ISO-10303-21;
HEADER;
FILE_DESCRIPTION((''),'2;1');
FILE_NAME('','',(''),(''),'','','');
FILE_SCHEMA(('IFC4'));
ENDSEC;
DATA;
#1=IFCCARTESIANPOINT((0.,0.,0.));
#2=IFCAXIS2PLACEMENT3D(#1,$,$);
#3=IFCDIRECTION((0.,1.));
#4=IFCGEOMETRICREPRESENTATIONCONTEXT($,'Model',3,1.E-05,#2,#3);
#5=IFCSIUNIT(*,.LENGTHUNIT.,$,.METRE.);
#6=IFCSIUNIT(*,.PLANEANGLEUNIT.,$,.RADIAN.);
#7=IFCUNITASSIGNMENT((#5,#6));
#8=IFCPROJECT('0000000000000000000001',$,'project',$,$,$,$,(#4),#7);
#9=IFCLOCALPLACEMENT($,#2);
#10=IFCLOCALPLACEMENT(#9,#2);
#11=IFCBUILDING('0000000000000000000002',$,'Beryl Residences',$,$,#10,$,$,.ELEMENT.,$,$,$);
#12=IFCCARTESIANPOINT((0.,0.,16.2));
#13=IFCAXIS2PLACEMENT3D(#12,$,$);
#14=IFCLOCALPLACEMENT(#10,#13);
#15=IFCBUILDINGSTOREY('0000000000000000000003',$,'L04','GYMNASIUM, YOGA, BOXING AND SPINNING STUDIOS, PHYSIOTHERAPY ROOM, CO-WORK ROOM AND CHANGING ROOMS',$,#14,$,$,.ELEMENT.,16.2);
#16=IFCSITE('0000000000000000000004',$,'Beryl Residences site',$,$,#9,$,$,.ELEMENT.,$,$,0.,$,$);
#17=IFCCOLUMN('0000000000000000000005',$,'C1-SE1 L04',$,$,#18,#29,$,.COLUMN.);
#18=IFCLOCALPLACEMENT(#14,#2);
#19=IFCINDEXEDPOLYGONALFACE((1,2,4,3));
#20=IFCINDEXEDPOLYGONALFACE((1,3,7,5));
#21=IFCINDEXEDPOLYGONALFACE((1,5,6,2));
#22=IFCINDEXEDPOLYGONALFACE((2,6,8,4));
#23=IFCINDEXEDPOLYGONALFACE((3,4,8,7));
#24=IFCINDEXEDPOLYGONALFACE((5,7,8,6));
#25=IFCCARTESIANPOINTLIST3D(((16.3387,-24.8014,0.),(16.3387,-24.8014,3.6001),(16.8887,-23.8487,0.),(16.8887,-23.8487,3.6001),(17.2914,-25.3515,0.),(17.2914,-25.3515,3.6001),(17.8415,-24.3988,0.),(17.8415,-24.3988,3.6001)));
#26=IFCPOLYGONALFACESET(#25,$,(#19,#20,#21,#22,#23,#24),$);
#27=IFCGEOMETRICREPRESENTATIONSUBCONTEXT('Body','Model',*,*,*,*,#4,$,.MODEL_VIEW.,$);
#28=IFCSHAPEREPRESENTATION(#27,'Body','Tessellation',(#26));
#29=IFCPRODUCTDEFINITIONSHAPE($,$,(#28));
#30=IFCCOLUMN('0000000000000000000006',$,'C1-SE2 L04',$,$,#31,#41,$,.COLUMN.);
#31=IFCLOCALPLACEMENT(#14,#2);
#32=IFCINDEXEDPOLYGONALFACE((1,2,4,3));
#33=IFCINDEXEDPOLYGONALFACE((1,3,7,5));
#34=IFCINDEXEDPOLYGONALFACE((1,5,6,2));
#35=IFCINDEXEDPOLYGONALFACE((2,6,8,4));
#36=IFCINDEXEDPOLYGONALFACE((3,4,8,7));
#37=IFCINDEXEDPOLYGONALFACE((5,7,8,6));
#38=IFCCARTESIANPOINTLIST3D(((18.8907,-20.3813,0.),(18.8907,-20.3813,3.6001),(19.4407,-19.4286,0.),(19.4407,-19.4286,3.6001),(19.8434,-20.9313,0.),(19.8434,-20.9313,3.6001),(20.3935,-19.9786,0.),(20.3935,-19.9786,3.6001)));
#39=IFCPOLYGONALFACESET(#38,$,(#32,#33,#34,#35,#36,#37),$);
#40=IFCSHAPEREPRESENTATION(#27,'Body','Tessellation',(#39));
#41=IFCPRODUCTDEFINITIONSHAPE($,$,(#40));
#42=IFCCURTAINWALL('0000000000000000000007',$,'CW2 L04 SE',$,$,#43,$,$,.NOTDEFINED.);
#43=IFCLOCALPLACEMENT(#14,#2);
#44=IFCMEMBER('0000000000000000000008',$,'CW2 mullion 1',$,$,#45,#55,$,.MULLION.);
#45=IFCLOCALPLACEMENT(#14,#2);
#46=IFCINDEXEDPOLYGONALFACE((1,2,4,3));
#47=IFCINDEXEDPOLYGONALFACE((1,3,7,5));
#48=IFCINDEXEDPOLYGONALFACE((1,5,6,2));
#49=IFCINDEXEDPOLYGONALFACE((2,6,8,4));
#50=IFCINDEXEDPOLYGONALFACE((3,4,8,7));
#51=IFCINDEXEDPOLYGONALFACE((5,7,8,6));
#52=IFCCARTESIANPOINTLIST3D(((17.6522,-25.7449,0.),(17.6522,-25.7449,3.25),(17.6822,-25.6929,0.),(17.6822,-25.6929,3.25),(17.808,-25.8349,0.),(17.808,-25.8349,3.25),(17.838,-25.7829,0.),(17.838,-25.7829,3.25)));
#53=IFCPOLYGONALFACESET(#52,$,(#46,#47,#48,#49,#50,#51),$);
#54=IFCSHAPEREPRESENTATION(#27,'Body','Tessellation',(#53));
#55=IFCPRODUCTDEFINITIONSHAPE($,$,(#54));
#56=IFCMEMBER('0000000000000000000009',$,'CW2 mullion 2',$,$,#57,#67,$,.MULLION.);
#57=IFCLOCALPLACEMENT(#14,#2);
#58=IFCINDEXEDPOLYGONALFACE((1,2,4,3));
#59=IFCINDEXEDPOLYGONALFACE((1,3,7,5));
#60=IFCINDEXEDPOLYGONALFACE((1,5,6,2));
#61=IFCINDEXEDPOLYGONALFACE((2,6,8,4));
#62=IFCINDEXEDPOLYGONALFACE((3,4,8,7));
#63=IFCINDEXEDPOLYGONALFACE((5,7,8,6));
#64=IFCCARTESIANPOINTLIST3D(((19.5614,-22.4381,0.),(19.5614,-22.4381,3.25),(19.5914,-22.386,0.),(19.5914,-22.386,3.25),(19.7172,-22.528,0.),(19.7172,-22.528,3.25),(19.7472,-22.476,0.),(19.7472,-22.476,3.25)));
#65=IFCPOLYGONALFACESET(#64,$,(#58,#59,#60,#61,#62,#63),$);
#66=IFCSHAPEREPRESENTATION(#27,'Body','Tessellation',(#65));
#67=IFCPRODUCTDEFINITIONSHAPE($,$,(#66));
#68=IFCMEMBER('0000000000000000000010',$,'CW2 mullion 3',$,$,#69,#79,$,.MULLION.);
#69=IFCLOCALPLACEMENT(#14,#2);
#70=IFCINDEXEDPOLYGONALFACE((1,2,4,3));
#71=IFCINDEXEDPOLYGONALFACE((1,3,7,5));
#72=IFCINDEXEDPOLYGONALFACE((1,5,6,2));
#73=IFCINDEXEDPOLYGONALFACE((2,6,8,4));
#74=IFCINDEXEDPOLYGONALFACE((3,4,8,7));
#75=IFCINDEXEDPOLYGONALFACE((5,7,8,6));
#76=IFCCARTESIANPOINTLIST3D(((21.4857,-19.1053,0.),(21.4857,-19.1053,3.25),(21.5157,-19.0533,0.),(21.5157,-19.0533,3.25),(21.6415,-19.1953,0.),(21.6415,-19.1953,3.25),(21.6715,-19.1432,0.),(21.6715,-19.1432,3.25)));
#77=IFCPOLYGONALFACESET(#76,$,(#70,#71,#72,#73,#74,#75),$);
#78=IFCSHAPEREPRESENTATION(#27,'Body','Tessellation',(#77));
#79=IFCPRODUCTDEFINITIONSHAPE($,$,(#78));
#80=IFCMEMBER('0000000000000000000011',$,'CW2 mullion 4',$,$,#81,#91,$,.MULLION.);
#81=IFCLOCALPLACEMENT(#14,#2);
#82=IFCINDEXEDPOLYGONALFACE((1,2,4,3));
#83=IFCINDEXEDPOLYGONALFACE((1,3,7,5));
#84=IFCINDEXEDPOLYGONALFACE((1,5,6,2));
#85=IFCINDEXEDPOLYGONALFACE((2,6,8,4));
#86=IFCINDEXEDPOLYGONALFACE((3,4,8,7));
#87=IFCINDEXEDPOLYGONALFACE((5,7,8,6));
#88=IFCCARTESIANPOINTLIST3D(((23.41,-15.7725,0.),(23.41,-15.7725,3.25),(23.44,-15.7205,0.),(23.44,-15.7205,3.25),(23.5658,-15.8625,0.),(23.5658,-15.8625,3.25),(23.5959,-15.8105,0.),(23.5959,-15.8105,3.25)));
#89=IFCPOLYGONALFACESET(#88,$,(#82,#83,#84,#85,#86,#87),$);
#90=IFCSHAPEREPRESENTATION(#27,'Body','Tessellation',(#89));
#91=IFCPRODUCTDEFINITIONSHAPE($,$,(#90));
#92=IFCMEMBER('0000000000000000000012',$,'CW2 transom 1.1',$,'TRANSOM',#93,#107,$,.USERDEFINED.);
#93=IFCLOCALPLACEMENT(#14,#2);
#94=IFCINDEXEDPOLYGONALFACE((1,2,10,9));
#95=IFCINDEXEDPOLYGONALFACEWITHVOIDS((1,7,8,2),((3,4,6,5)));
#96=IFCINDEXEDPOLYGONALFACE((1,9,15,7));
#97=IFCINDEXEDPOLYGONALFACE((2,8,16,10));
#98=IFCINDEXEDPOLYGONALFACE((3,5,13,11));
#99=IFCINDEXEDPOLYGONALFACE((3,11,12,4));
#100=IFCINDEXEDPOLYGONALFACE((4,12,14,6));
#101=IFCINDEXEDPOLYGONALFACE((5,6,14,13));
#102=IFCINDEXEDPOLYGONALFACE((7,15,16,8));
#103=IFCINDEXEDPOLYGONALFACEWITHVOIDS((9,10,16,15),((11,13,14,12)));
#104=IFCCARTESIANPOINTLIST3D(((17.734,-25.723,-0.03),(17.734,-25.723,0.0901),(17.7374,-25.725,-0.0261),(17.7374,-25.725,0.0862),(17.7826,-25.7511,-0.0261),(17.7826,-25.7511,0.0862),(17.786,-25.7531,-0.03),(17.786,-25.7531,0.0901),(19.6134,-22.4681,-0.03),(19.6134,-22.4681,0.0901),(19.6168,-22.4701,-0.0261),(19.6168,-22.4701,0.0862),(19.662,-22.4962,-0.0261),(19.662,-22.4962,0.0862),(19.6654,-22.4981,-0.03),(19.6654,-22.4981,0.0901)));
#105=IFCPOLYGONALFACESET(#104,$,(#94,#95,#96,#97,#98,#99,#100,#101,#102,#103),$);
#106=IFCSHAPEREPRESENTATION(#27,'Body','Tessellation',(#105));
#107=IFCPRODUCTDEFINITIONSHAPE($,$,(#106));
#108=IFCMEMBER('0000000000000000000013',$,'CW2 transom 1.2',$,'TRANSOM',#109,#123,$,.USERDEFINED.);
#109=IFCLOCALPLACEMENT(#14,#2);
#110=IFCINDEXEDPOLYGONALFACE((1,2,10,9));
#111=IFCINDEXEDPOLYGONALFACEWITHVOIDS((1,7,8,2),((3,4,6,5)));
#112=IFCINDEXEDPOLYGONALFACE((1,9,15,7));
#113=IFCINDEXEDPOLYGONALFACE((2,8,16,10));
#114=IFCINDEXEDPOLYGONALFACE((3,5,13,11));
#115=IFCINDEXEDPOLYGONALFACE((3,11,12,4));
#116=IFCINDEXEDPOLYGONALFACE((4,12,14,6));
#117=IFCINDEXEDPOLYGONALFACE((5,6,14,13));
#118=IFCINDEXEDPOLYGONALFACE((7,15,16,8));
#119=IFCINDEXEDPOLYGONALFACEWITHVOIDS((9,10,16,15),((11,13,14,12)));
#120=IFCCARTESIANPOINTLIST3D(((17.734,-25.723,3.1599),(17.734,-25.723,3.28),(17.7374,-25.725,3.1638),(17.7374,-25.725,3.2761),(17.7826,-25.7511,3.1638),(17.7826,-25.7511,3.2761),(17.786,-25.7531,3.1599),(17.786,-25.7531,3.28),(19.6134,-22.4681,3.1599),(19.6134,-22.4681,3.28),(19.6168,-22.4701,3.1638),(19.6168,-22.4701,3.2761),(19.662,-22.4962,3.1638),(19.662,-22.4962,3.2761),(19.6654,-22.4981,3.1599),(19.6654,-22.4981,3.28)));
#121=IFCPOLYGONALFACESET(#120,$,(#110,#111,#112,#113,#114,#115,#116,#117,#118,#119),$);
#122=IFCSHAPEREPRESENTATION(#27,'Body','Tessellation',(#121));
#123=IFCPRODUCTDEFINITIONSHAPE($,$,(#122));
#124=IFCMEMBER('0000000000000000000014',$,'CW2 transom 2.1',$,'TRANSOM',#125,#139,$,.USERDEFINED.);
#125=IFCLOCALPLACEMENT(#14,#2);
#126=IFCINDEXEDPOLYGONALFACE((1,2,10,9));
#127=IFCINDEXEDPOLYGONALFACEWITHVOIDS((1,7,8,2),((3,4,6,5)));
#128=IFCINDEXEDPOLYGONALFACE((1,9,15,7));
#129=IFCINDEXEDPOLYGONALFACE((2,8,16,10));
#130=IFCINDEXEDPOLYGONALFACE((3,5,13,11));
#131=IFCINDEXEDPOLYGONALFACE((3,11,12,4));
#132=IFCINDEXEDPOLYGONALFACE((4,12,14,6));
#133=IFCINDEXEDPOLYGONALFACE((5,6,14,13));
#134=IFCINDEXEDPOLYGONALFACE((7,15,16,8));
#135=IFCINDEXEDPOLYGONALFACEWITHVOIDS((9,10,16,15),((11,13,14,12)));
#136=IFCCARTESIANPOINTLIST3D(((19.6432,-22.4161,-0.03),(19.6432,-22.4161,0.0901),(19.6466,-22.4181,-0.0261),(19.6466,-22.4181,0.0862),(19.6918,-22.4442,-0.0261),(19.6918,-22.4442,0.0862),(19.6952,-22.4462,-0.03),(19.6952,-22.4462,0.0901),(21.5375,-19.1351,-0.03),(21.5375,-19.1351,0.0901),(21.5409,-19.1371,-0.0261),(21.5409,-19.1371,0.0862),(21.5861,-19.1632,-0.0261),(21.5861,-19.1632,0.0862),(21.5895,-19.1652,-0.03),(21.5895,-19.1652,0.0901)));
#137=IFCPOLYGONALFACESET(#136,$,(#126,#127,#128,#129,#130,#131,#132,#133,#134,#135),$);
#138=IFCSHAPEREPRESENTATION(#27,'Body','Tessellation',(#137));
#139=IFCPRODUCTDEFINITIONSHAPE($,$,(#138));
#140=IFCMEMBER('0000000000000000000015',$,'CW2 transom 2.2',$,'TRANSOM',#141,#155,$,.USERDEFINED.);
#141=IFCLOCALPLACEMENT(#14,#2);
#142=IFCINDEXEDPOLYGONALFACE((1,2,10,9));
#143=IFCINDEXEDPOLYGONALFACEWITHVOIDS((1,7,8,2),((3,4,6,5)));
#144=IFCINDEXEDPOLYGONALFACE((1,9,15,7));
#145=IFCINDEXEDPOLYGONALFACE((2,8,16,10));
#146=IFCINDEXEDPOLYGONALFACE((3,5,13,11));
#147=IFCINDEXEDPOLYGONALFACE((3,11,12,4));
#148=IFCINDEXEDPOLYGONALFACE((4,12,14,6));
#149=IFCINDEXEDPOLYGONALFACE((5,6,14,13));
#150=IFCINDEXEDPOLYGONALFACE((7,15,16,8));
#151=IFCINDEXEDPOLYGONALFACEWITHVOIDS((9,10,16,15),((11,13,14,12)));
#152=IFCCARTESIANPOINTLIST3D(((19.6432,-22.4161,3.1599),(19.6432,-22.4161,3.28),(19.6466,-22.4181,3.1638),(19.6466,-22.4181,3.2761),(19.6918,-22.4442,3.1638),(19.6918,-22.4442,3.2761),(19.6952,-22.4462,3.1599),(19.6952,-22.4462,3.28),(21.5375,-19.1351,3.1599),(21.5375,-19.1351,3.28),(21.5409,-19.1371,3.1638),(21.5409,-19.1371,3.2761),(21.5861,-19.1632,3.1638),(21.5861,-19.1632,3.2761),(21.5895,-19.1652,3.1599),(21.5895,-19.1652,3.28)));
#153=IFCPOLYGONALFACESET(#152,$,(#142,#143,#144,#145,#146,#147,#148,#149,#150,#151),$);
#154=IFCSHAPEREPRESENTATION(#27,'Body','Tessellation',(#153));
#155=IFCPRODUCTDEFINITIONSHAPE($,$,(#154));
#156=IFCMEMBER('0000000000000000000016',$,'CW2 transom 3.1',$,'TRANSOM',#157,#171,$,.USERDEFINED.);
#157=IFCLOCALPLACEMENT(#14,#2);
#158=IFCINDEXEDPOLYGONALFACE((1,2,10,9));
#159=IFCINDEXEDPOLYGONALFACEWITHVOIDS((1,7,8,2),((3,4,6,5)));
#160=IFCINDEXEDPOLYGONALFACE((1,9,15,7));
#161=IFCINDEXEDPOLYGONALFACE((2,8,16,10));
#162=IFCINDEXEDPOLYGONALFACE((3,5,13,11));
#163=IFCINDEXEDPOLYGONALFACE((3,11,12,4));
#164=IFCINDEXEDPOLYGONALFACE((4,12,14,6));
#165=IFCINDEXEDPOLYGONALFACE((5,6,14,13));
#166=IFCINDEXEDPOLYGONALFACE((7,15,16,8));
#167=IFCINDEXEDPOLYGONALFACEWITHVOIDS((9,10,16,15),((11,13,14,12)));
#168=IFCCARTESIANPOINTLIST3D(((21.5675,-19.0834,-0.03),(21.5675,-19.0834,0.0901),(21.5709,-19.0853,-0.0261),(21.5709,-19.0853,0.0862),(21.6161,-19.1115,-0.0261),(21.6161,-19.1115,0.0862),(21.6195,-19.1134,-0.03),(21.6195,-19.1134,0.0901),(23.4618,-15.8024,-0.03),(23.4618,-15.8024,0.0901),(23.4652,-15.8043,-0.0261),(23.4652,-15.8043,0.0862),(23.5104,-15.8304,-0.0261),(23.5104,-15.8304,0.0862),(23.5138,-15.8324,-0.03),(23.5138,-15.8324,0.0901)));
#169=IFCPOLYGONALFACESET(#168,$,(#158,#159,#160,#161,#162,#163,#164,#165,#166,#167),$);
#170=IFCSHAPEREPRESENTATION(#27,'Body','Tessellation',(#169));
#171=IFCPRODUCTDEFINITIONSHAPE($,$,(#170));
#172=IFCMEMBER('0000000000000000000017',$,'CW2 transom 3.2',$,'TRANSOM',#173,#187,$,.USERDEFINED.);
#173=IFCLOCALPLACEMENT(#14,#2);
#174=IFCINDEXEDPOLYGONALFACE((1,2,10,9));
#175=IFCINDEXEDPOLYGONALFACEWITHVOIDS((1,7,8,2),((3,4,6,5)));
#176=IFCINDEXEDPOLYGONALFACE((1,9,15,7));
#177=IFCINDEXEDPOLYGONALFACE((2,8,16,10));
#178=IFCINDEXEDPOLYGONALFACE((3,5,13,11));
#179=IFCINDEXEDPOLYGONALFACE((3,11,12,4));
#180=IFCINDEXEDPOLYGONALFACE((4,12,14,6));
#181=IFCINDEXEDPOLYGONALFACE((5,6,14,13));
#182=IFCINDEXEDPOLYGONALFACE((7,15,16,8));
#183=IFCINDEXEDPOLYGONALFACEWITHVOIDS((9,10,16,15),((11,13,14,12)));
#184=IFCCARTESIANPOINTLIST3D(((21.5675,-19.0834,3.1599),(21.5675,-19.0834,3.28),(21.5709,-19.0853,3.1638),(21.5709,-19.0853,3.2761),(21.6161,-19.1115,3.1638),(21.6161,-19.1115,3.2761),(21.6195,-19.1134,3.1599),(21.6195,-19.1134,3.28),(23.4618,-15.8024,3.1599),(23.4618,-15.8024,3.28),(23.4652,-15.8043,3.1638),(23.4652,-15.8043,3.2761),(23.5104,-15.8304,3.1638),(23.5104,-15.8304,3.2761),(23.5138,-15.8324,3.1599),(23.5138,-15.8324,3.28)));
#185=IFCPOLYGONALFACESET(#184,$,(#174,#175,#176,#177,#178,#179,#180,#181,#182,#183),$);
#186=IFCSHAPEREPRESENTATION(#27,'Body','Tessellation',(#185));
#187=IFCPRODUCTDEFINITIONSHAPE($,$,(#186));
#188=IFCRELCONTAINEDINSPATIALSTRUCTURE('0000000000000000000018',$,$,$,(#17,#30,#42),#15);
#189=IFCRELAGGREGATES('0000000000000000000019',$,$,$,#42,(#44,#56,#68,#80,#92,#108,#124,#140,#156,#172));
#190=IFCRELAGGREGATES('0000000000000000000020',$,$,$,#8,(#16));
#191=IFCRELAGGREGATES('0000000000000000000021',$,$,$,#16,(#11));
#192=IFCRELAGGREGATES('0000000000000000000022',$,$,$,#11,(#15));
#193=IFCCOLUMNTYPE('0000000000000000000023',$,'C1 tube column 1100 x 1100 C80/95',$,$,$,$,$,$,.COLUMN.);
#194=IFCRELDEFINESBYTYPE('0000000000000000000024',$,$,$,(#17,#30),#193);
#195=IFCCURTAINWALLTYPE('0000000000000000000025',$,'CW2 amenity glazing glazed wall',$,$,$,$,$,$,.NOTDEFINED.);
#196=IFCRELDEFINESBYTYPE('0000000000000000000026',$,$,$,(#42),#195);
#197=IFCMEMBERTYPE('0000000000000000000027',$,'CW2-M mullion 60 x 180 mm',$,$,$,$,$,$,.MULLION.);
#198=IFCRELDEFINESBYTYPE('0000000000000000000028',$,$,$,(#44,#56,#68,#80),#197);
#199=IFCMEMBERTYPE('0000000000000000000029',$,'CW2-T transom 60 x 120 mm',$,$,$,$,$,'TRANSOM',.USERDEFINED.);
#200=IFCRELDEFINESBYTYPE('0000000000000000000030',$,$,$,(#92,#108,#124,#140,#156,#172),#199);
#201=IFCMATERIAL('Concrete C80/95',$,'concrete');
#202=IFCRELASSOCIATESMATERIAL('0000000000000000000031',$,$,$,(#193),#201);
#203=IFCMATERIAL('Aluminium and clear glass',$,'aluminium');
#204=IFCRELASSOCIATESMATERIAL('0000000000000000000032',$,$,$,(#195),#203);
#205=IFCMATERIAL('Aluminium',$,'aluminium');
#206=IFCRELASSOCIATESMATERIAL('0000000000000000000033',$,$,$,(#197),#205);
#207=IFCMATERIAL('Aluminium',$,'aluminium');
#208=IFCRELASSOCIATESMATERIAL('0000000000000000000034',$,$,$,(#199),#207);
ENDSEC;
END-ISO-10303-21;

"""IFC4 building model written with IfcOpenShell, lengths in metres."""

from ifc_helpers import new_model, si_unit, direction, frame, origin, origin_2d, place, context, subcontext, project, spatial, rectangle, hollow_rectangle, extrude, material, material_profile, profile_set, type_object, element, aggregate, save


model = new_model("IFC4")

# Units and contexts
model_context = context("Model", 3, precision=1e-05, world=origin(), true_north=direction((0.0, 1.0)))
body_context = subcontext(model_context, "Body", "Model", "MODEL_VIEW")
ifc_project = project(units=[si_unit("LENGTHUNIT", "METRE"), si_unit("PLANEANGLEUNIT", "RADIAN")], contexts=[model_context])

# Site, building, storey
site_placement = place(None, origin())
site = spatial("IfcSite", under=ifc_project, at=site_placement, Name="Beryl Residences site", CompositionType="ELEMENT", RefElevation=0.0)
building_placement = place(site_placement, origin())
building = spatial("IfcBuilding", under=site, at=building_placement, Name="Beryl Residences", CompositionType="ELEMENT")
storey_placement = place(building_placement, frame((0.0, 0.0, 16.2)))
storey = spatial("IfcBuildingStorey", under=building, at=storey_placement, Name="L04", Description="GYMNASIUM, YOGA, BOXING AND SPINNING STUDIOS, PHYSIOTHERAPY ROOM, CO-WORK ROOM AND CHANGING ROOMS", CompositionType="ELEMENT", Elevation=16.2)

# Columns
ifc_material_1 = material(Name="Concrete C80/95", Category="concrete")
ifc_material_profile_1 = material_profile(ifc_material_1, rectangle(XDim=1.1001, YDim=1.1001, at=origin_2d()))
ifc_profile_set_1 = profile_set([ifc_material_profile_1], Name="Concrete C80/95")
column_type = type_object("IfcColumnType", Name="C1 tube column 1100 x 1100 C80/95", PredefinedType="COLUMN", material=ifc_profile_set_1)
for number, where, z_axis, x_axis, name in (
    (1, (17.0901, -24.6001, 0.0), (0.0, 0.0, 1.0), (0.499985, 0.866034, 0.0), "C1-SE1 L04"),
    (2, (19.6421, -20.1799, 0.0), (0.0, 0.0, 1.0), (0.499985, 0.866034, 0.0), "C1-SE2 L04"),
):
    element("IfcColumn", number, at=place(storey_placement, frame(where, z_axis=z_axis, x_axis=x_axis)), inside=storey, type_object=column_type, Name=name, PredefinedType="COLUMN", context=body_context, shape_type="SweptSolid", body=[
        extrude(rectangle(XDim=1.1001, YDim=1.1001, at=origin_2d()), origin(), (0.0, 0.0, 1.0), 3.6001),
    ])

# Curtain wall, members
ifc_material_2 = material(Name="Aluminium and clear glass", Category="aluminium")
curtain_wall_type = type_object("IfcCurtainWallType", Name="CW2 amenity glazing glazed wall", PredefinedType="NOTDEFINED", material=ifc_material_2)
curtain_wall_placement = place(storey_placement, origin())
curtain_wall = element("IfcCurtainWall", 3, at=curtain_wall_placement, inside=storey, type_object=curtain_wall_type, Name="CW2 L04 SE", PredefinedType="NOTDEFINED")
ifc_material_3 = material(Name="Aluminium", Category="aluminium")
ifc_material_profile_2 = material_profile(ifc_material_3, rectangle(XDim=0.0601, YDim=0.1799, at=origin_2d()))
ifc_profile_set_2 = profile_set([ifc_material_profile_2], Name="Aluminium")
member_type_1 = type_object("IfcMemberType", Name="CW2-M mullion 60 x 180 mm", PredefinedType="MULLION", material=ifc_profile_set_2)
member_1_placement = place(storey_placement, frame((17.7451, -25.7639, 0.0), z_axis=(0.0, 0.0, 1.0), x_axis=(0.500012, 0.866019, 0.0)))
member_1 = element("IfcMember", 4, at=member_1_placement, type_object=member_type_1, Name="CW2 mullion 1", PredefinedType="MULLION", context=body_context, shape_type="SweptSolid", body=[
    extrude(rectangle(XDim=0.0601, YDim=0.1799, at=origin_2d()), origin(), (0.0, 0.0, 1.0), 3.25),
])
member_2_placement = place(storey_placement, frame((19.6543, -22.457, 0.0), z_axis=(0.0, 0.0, 1.0), x_axis=(0.500012, 0.866019, 0.0)))
member_2 = element("IfcMember", 5, at=member_2_placement, type_object=member_type_1, Name="CW2 mullion 2", PredefinedType="MULLION", context=body_context, shape_type="SweptSolid", body=[
    extrude(rectangle(XDim=0.0601, YDim=0.1799, at=origin_2d()), origin(), (0.0, 0.0, 1.0), 3.25),
])
member_3_placement = place(storey_placement, frame((21.5786, -19.1243, 0.0), z_axis=(0.0, 0.0, 1.0), x_axis=(0.500012, 0.866019, 0.0)))
member_3 = element("IfcMember", 6, at=member_3_placement, type_object=member_type_1, Name="CW2 mullion 3", PredefinedType="MULLION", context=body_context, shape_type="SweptSolid", body=[
    extrude(rectangle(XDim=0.0601, YDim=0.1799, at=origin_2d()), origin(), (0.0, 0.0, 1.0), 3.25),
])
member_4_placement = place(storey_placement, frame((23.5029, -15.7915, 0.0), z_axis=(0.0, 0.0, 1.0), x_axis=(0.500012, 0.866019, 0.0)))
member_4 = element("IfcMember", 7, at=member_4_placement, type_object=member_type_1, Name="CW2 mullion 4", PredefinedType="MULLION", context=body_context, shape_type="SweptSolid", body=[
    extrude(rectangle(XDim=0.0601, YDim=0.1799, at=origin_2d()), origin(), (0.0, 0.0, 1.0), 3.25),
])
ifc_material_4 = material(Name="Aluminium", Category="aluminium")
ifc_material_profile_3 = material_profile(ifc_material_4, hollow_rectangle(XDim=0.0601, YDim=0.1201, WallThickness=0.0039, at=origin_2d()))
ifc_profile_set_3 = profile_set([ifc_material_profile_3], Name="Aluminium")
member_type_2 = type_object("IfcMemberType", Name="CW2-T transom 60 x 120 mm", ElementType="TRANSOM", PredefinedType="USERDEFINED", material=ifc_profile_set_3)
member_5_placement = place(storey_placement, frame((17.76, -25.738, 0.03), z_axis=(0.500037, 0.866004, 0.0), x_axis=(-0.866004, 0.500037, 0.0)))
member_5 = element("IfcMember", 8, at=member_5_placement, type_object=member_type_2, Name="CW2 transom 1.1", ObjectType="TRANSOM", PredefinedType="USERDEFINED", context=body_context, shape_type="SweptSolid", body=[
    extrude(hollow_rectangle(XDim=0.0601, YDim=0.1201, WallThickness=0.0039, at=origin_2d()), origin(), (0.0, 0.0, 1.0), 3.7585),
])
member_6_placement = place(storey_placement, frame((17.76, -25.738, 3.22), z_axis=(0.500037, 0.866004, 0.0), x_axis=(-0.866004, 0.500037, 0.0)))
member_6 = element("IfcMember", 9, at=member_6_placement, type_object=member_type_2, Name="CW2 transom 1.2", ObjectType="TRANSOM", PredefinedType="USERDEFINED", context=body_context, shape_type="SweptSolid", body=[
    extrude(hollow_rectangle(XDim=0.0601, YDim=0.1201, WallThickness=0.0039, at=origin_2d()), origin(), (0.0, 0.0, 1.0), 3.7585),
])
member_7_placement = place(storey_placement, frame((19.6692, -22.4312, 0.03), z_axis=(0.5, 0.866026, 0.0), x_axis=(-0.866026, 0.5, 0.0)))
member_7 = element("IfcMember", 10, at=member_7_placement, type_object=member_type_2, Name="CW2 transom 2.1", ObjectType="TRANSOM", PredefinedType="USERDEFINED", context=body_context, shape_type="SweptSolid", body=[
    extrude(hollow_rectangle(XDim=0.0601, YDim=0.1201, WallThickness=0.0039, at=origin_2d()), origin(), (0.0, 0.0, 1.0), 3.7886),
])
member_8_placement = place(storey_placement, frame((19.6692, -22.4312, 3.22), z_axis=(0.5, 0.866026, 0.0), x_axis=(-0.866026, 0.5, 0.0)))
member_8 = element("IfcMember", 11, at=member_8_placement, type_object=member_type_2, Name="CW2 transom 2.2", ObjectType="TRANSOM", PredefinedType="USERDEFINED", context=body_context, shape_type="SweptSolid", body=[
    extrude(hollow_rectangle(XDim=0.0601, YDim=0.1201, WallThickness=0.0039, at=origin_2d()), origin(), (0.0, 0.0, 1.0), 3.7886),
])
member_9_placement = place(storey_placement, frame((21.5935, -19.0984, 0.03), z_axis=(0.5, 0.866026, 0.0), x_axis=(-0.866026, 0.5, 0.0)))
member_9 = element("IfcMember", 12, at=member_9_placement, type_object=member_type_2, Name="CW2 transom 3.1", ObjectType="TRANSOM", PredefinedType="USERDEFINED", context=body_context, shape_type="SweptSolid", body=[
    extrude(hollow_rectangle(XDim=0.0601, YDim=0.1201, WallThickness=0.0039, at=origin_2d()), origin(), (0.0, 0.0, 1.0), 3.7886),
])
member_10_placement = place(storey_placement, frame((21.5935, -19.0984, 3.22), z_axis=(0.5, 0.866026, 0.0), x_axis=(-0.866026, 0.5, 0.0)))
member_10 = element("IfcMember", 13, at=member_10_placement, type_object=member_type_2, Name="CW2 transom 3.2", ObjectType="TRANSOM", PredefinedType="USERDEFINED", context=body_context, shape_type="SweptSolid", body=[
    extrude(hollow_rectangle(XDim=0.0601, YDim=0.1201, WallThickness=0.0039, at=origin_2d()), origin(), (0.0, 0.0, 1.0), 3.7886),
])

aggregate(curtain_wall, [member_1, member_2, member_3, member_4, member_5, member_6, member_7, member_8, member_9, member_10])

save(model, "model.ifc")
